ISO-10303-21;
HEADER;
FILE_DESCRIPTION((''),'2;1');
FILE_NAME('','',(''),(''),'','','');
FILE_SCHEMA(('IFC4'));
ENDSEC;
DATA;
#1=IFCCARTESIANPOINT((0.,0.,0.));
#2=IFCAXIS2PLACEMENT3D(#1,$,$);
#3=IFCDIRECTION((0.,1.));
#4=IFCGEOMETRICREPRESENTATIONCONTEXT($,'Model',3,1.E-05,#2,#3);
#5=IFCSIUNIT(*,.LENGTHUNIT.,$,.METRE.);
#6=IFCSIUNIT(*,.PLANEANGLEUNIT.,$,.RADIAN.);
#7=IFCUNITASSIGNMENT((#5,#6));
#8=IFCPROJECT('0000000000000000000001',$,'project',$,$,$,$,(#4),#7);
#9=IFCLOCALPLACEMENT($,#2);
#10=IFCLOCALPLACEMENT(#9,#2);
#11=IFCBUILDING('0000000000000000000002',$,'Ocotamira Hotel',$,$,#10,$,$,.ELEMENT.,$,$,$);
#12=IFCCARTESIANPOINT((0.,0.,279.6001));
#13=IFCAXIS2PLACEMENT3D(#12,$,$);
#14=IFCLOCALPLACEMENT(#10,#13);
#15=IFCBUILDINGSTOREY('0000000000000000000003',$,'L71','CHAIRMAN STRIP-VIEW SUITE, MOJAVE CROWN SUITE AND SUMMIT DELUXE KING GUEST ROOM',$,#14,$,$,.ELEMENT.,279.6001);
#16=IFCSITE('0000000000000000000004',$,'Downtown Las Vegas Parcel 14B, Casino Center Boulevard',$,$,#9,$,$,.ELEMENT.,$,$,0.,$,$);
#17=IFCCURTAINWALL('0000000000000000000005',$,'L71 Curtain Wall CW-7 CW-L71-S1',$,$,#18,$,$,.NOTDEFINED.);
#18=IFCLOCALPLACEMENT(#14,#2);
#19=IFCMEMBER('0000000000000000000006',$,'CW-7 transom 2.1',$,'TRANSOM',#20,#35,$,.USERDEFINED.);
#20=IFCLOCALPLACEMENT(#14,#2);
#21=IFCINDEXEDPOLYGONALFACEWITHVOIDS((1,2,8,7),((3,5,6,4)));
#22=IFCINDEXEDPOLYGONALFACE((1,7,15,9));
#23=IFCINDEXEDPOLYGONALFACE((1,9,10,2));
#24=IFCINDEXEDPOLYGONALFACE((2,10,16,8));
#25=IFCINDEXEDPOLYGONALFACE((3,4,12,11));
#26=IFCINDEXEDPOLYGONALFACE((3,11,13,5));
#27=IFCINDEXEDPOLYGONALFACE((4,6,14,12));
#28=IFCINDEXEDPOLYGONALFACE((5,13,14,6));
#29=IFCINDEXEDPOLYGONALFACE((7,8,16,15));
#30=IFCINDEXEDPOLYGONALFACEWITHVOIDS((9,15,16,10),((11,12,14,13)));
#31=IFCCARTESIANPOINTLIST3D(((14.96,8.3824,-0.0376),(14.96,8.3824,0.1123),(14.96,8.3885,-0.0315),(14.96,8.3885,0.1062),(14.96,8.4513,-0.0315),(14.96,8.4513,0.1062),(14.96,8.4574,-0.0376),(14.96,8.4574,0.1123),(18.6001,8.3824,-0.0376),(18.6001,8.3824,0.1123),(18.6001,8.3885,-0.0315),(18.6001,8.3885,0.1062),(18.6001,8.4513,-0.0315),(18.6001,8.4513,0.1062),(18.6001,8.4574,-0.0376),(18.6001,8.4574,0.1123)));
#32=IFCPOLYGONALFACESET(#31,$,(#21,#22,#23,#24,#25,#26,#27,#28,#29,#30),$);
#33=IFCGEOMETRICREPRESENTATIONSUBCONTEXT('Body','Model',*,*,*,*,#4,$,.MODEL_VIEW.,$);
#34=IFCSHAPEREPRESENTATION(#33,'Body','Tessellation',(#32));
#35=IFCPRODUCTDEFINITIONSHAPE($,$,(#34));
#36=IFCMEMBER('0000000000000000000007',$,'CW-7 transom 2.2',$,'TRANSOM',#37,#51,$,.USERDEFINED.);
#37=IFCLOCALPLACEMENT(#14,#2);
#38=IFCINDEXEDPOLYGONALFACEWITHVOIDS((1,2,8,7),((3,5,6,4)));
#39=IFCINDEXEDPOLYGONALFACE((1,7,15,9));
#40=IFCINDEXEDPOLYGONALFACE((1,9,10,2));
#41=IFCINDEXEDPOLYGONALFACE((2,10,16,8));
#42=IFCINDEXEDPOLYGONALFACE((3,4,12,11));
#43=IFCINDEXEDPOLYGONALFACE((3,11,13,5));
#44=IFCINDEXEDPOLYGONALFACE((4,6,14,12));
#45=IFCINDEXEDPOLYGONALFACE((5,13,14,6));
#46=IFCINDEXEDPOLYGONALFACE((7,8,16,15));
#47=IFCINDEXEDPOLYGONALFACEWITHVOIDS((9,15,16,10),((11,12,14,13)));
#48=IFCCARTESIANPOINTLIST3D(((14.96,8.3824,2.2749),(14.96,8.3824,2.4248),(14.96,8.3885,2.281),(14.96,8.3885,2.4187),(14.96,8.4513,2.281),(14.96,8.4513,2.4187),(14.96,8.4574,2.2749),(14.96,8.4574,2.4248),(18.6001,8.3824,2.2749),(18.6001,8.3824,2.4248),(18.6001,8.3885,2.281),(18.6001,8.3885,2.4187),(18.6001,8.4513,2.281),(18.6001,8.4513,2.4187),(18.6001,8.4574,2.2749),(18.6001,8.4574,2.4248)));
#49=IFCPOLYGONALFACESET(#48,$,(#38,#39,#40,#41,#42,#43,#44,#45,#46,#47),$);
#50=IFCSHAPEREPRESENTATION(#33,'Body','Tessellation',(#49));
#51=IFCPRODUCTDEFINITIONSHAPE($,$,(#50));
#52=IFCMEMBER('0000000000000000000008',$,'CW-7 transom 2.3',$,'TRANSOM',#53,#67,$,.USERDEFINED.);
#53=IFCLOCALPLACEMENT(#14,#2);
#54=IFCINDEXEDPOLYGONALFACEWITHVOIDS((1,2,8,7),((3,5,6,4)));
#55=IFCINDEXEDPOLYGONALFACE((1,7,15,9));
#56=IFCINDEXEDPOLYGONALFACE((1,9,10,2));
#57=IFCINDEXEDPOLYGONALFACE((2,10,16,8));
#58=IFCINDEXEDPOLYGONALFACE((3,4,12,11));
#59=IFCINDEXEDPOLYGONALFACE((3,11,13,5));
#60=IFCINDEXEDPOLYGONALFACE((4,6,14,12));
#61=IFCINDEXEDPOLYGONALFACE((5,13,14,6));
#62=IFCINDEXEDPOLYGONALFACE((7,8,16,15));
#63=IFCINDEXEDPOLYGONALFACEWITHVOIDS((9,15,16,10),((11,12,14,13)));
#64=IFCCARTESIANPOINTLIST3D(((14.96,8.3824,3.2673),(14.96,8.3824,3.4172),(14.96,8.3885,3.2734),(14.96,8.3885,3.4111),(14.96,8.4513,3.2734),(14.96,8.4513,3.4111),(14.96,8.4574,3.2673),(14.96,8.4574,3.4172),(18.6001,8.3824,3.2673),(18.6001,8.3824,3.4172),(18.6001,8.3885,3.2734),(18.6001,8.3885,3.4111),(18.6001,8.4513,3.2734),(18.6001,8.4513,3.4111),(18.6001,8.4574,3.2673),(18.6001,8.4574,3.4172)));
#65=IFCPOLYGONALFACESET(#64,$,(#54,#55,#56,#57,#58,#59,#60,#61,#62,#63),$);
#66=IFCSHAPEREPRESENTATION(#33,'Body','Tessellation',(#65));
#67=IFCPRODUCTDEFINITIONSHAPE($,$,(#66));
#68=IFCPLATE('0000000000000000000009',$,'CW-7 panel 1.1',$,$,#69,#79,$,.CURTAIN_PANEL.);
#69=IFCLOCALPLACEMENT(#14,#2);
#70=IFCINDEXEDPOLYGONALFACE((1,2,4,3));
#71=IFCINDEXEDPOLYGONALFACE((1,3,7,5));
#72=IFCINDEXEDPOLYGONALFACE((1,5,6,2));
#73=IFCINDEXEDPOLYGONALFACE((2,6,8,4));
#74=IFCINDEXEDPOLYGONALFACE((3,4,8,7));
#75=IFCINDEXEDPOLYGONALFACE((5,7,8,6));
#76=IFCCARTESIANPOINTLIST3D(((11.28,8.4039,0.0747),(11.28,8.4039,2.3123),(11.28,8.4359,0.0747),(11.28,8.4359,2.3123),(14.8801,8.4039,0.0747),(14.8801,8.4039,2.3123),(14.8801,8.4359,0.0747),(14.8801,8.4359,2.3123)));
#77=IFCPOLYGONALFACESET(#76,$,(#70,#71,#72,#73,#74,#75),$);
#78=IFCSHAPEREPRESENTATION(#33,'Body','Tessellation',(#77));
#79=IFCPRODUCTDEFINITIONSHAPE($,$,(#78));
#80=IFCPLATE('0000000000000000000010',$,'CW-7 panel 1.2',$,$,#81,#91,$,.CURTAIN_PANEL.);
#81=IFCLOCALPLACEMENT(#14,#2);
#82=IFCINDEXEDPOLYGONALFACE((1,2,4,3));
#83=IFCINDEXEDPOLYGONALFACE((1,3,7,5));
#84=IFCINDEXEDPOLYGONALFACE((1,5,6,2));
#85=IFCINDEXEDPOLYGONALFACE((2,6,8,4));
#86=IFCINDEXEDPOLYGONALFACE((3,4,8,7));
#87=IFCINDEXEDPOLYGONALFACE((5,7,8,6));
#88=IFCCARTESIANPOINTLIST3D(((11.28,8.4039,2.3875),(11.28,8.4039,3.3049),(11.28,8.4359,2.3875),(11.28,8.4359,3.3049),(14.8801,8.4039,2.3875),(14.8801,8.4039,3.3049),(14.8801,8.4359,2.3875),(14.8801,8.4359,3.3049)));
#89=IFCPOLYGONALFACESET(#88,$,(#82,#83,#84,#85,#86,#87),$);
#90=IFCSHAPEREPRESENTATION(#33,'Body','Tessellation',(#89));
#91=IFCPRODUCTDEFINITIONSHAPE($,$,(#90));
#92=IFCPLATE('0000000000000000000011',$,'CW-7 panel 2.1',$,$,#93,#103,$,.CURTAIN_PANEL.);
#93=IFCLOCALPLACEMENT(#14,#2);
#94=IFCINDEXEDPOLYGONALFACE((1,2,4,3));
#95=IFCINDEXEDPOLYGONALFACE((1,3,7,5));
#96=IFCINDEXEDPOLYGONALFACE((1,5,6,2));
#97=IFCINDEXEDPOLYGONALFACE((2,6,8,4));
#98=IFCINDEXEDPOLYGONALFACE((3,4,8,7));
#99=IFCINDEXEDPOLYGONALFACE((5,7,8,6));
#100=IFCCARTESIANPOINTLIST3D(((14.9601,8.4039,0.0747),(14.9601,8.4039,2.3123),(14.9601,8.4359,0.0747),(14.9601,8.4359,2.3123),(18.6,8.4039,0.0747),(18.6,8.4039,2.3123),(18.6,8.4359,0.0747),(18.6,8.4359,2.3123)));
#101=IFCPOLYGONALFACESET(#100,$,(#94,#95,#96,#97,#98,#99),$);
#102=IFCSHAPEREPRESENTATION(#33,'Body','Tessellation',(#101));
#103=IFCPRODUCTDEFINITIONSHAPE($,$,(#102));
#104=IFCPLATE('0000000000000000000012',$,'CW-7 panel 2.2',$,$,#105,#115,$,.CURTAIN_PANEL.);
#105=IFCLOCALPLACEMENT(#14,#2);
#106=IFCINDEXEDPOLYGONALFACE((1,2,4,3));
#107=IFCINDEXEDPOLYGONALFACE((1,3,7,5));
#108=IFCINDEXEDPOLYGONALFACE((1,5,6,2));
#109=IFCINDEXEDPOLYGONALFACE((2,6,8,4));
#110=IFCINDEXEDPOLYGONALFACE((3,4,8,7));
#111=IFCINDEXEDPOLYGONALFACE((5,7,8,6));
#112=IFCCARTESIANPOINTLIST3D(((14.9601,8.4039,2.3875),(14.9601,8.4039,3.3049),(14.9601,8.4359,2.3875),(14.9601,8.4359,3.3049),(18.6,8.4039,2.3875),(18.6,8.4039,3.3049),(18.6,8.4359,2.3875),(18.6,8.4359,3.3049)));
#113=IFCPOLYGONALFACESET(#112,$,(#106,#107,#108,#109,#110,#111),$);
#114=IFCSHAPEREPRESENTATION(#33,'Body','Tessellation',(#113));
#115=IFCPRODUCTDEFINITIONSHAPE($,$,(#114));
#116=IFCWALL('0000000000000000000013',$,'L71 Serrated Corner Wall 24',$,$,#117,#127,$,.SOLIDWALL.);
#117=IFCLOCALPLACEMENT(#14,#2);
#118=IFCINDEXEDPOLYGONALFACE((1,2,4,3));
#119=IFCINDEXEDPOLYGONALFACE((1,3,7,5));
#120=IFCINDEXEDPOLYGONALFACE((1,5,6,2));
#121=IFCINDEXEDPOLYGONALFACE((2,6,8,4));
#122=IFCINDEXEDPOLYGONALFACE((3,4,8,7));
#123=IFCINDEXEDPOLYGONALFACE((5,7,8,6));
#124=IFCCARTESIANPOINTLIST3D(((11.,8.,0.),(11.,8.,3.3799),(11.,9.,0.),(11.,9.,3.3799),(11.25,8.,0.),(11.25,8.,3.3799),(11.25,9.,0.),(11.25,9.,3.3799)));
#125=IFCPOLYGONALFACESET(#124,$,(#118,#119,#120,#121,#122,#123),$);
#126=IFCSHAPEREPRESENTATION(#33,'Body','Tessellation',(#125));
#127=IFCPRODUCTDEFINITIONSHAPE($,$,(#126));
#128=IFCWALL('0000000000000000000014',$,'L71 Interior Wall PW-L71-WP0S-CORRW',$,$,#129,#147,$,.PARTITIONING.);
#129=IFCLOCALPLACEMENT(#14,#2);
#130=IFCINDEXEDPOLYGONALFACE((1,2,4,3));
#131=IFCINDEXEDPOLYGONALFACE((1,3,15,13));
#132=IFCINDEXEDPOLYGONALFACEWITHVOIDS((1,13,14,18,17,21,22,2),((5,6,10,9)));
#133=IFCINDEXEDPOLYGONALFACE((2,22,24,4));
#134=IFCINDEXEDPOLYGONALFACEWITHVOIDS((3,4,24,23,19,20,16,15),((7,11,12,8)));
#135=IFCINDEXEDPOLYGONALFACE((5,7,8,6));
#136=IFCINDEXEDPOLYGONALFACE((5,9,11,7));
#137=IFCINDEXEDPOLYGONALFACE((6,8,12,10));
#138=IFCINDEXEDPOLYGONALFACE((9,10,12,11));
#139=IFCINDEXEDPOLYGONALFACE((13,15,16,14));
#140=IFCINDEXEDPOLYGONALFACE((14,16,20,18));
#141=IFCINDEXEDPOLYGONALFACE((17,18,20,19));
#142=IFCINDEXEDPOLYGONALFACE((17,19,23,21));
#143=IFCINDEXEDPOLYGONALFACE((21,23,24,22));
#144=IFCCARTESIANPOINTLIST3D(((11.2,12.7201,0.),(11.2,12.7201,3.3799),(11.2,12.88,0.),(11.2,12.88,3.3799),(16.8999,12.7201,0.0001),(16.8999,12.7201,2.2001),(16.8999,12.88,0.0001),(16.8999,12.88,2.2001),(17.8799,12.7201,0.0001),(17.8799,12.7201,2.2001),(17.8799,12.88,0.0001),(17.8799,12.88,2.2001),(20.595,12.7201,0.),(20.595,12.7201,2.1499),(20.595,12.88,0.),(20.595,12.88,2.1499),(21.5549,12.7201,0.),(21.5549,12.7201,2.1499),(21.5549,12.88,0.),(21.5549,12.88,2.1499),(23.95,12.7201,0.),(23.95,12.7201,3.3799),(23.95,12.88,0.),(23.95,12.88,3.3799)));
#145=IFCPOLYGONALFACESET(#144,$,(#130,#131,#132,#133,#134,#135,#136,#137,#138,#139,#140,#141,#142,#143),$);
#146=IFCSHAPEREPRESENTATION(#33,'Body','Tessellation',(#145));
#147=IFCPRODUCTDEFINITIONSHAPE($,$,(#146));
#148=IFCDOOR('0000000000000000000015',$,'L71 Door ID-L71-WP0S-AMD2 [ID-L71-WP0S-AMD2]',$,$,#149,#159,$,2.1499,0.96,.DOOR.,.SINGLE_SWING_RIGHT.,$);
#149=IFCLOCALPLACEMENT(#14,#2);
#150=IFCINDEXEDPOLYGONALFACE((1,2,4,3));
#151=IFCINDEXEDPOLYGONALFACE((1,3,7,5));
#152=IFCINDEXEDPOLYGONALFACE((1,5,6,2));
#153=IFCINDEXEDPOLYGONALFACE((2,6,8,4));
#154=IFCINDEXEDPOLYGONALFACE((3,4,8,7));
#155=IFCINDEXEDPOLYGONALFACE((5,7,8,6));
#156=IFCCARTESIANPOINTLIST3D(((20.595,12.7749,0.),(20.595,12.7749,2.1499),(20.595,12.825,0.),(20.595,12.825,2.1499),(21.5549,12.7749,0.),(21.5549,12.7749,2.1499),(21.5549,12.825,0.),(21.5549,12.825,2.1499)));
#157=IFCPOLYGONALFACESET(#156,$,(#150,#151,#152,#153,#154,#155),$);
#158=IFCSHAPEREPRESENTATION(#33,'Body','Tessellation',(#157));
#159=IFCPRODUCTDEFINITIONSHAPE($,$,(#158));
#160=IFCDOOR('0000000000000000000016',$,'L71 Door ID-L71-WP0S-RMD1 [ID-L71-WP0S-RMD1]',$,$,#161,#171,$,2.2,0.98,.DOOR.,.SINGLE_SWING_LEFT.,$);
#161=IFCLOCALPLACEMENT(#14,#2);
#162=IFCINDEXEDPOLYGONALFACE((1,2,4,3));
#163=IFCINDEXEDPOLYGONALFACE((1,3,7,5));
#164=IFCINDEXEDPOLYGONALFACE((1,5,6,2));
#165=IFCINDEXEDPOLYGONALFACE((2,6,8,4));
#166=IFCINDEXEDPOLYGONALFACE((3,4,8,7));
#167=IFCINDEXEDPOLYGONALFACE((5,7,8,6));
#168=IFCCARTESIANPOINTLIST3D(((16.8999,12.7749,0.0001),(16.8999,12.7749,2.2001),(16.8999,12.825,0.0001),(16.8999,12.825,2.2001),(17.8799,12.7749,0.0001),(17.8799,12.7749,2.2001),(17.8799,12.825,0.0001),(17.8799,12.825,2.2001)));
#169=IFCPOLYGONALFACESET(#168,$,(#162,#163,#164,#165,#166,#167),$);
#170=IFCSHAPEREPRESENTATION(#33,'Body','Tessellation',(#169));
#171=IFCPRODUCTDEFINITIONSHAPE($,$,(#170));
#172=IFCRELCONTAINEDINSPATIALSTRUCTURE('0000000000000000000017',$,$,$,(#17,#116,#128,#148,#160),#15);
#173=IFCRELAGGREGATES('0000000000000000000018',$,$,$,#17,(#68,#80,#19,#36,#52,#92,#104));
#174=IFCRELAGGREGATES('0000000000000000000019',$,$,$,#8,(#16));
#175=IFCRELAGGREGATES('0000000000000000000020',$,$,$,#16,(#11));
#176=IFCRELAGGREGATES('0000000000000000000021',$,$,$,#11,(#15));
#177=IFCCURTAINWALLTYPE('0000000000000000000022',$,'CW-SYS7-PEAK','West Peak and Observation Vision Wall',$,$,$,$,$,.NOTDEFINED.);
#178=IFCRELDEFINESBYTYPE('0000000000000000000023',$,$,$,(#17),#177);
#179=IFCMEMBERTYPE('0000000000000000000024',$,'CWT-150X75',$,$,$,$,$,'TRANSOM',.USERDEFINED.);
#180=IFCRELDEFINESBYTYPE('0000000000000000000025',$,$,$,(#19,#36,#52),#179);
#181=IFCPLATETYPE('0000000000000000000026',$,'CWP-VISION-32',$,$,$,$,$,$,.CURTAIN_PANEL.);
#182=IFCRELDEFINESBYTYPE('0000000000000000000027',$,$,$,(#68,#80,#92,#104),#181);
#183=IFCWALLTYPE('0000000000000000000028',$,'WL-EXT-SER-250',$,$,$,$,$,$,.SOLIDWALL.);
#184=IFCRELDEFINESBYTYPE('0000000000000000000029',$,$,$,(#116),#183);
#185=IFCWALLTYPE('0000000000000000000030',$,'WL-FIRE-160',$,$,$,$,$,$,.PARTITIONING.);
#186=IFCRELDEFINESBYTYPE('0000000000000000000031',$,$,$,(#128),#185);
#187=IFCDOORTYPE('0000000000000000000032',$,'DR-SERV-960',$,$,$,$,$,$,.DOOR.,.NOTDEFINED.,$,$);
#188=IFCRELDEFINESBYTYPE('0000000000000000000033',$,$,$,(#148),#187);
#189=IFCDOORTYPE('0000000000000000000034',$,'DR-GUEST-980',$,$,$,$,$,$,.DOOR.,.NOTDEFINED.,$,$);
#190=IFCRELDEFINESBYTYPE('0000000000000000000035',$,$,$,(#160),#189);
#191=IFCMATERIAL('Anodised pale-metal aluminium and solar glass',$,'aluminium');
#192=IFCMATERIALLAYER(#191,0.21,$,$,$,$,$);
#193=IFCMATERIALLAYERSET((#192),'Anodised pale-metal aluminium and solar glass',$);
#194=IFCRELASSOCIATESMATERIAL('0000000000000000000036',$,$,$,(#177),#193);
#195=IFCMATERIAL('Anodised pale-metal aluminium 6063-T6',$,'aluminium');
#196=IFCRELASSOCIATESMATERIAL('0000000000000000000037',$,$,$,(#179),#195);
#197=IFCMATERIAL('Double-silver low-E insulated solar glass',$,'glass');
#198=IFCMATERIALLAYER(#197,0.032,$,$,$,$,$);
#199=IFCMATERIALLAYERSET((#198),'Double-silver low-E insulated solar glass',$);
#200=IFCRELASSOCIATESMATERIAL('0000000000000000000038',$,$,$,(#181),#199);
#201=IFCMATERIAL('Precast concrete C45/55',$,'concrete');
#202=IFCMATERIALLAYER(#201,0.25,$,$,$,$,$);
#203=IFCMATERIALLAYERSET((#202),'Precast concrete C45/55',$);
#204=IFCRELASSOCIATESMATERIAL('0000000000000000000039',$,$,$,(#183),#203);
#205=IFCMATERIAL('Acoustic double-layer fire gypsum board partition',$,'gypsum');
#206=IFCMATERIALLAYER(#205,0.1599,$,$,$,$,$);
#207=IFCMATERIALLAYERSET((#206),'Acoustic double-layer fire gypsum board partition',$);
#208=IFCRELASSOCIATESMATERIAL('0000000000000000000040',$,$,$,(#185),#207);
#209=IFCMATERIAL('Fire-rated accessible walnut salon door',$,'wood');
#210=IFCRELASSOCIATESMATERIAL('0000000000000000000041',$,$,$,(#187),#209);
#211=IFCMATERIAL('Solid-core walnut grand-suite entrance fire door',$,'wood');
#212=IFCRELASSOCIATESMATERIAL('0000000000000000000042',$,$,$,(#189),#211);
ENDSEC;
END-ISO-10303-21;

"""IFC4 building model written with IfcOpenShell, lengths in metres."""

from ifc_helpers import new_model, si_unit, direction, frame, frame_2d, origin, origin_2d, place, context, subcontext, project, spatial, rectangle, hollow_rectangle, extrude, source, transform, mapped, material, layer, layer_set, material_profile, profile_set, type_object, element, fill, aggregate, save


model = new_model("IFC4")

# Units and contexts
model_context = context("Model", 3, precision=1e-05, world=origin(), true_north=direction((0.0, 1.0)))
body_context = subcontext(model_context, "Body", "Model", "MODEL_VIEW")
ifc_project = project(units=[si_unit("LENGTHUNIT", "METRE"), si_unit("PLANEANGLEUNIT", "RADIAN")], contexts=[model_context])

# Site, building, storey
site_placement = place(None, origin())
site = spatial("IfcSite", under=ifc_project, at=site_placement, Name="Downtown Las Vegas Parcel 14B, Casino Center Boulevard", CompositionType="ELEMENT", RefElevation=0.0)
building_placement = place(site_placement, origin())
building = spatial("IfcBuilding", under=site, at=building_placement, Name="Ocotamira Hotel", CompositionType="ELEMENT")
storey_placement = place(building_placement, frame((0.0, 0.0, 279.6001)))
storey = spatial("IfcBuildingStorey", under=building, at=storey_placement, Name="L71", Description="CHAIRMAN STRIP-VIEW SUITE, MOJAVE CROWN SUITE AND SUMMIT DELUXE KING GUEST ROOM", CompositionType="ELEMENT", Elevation=279.6001)

# Curtain wall, members, plates
ifc_material_1 = material(Name="Anodised pale-metal aluminium and solar glass", Category="aluminium")
ifc_layer_1 = layer(ifc_material_1, 0.21)
ifc_layer_set_1 = layer_set([ifc_layer_1], Name="Anodised pale-metal aluminium and solar glass")
curtain_wall_type = type_object("IfcCurtainWallType", Name="CW-SYS7-PEAK", Description="West Peak and Observation Vision Wall", PredefinedType="NOTDEFINED", material=ifc_layer_set_1)
curtain_wall_placement = place(storey_placement, origin())
curtain_wall = element("IfcCurtainWall", 1, at=curtain_wall_placement, inside=storey, type_object=curtain_wall_type, Name="L71 Curtain Wall CW-7 CW-L71-S1", PredefinedType="NOTDEFINED")
ifc_material_2 = material(Name="Anodised pale-metal aluminium 6063-T6", Category="aluminium")
ifc_material_profile_1 = material_profile(ifc_material_2, hollow_rectangle(XDim=0.075, YDim=0.1499, WallThickness=0.0061, at=origin_2d()), Name="HSS150X75X6")
ifc_profile_set_1 = profile_set([ifc_material_profile_1], Name="Anodised pale-metal aluminium 6063-T6")
member_type_1 = type_object("IfcMemberType", Name="CWT-150X75", ElementType="TRANSOM", PredefinedType="USERDEFINED", material=ifc_profile_set_1)
shared_shape_1 = source(origin(), body_context, "Body", "SweptSolid", [
    extrude(hollow_rectangle(XDim=0.075, YDim=0.1499, WallThickness=0.0061, at=origin_2d()), origin(), (0.0, 0.0, 1.0), 3.6401),
])
member_1_placement = place(storey_placement, frame((14.96, 8.4199, 0.0374), z_axis=(1.0, 0.0, 0.0), x_axis=(0.0, 1.0, 0.0)))
member_1 = element("IfcMember", 2, at=member_1_placement, type_object=member_type_1, Name="CW-7 transom 2.1", ObjectType="TRANSOM", PredefinedType="USERDEFINED", context=body_context, shape_type="MappedRepresentation", body=[
    mapped(shared_shape_1, transform((0.0, 0.0, 0.0), scale=1.0)),
])
member_2_placement = place(storey_placement, frame((14.96, 8.4199, 2.3499), z_axis=(1.0, 0.0, 0.0), x_axis=(0.0, 1.0, 0.0)))
member_2 = element("IfcMember", 3, at=member_2_placement, type_object=member_type_1, Name="CW-7 transom 2.2", ObjectType="TRANSOM", PredefinedType="USERDEFINED", context=body_context, shape_type="MappedRepresentation", body=[
    mapped(shared_shape_1, transform((0.0, 0.0, 0.0), scale=1.0)),
])
member_3_placement = place(storey_placement, frame((14.96, 8.4199, 3.3423), z_axis=(1.0, 0.0, 0.0), x_axis=(0.0, 1.0, 0.0)))
member_3 = element("IfcMember", 4, at=member_3_placement, type_object=member_type_1, Name="CW-7 transom 2.3", ObjectType="TRANSOM", PredefinedType="USERDEFINED", context=body_context, shape_type="MappedRepresentation", body=[
    mapped(shared_shape_1, transform((0.0, 0.0, 0.0), scale=1.0)),
])
ifc_material_3 = material(Name="Double-silver low-E insulated solar glass", Category="glass")
ifc_layer_2 = layer(ifc_material_3, 0.032)
ifc_layer_set_2 = layer_set([ifc_layer_2], Name="Double-silver low-E insulated solar glass")
plate_type = type_object("IfcPlateType", Name="CWP-VISION-32", PredefinedType="CURTAIN_PANEL", material=ifc_layer_set_2)
shared_shape_2 = source(origin(), body_context, "Body", "SweptSolid", [
    extrude(rectangle(XDim=3.6001, YDim=0.032, at=origin_2d()), origin(), (0.0, 0.0, 1.0), 2.2375),
])
plate_1_placement = place(storey_placement, frame((13.0801, 8.4199, 0.0747), z_axis=(0.0, 0.0, 1.0), x_axis=(1.0, 0.0, 0.0)))
plate_1 = element("IfcPlate", 5, at=plate_1_placement, type_object=plate_type, Name="CW-7 panel 1.1", PredefinedType="CURTAIN_PANEL", context=body_context, shape_type="MappedRepresentation", body=[
    mapped(shared_shape_2, transform((0.0, 0.0, 0.0), scale=1.0)),
])
shared_shape_3 = source(origin(), body_context, "Body", "SweptSolid", [
    extrude(rectangle(XDim=3.6001, YDim=0.032, at=origin_2d()), origin(), (0.0, 0.0, 1.0), 0.9175),
])
plate_2_placement = place(storey_placement, frame((13.0801, 8.4199, 2.3875), z_axis=(0.0, 0.0, 1.0), x_axis=(1.0, 0.0, 0.0)))
plate_2 = element("IfcPlate", 6, at=plate_2_placement, type_object=plate_type, Name="CW-7 panel 1.2", PredefinedType="CURTAIN_PANEL", context=body_context, shape_type="MappedRepresentation", body=[
    mapped(shared_shape_3, transform((0.0, 0.0, 0.0), scale=1.0)),
])
shared_shape_4 = source(origin(), body_context, "Body", "SweptSolid", [
    extrude(rectangle(XDim=3.6399, YDim=0.032, at=origin_2d()), origin(), (0.0, 0.0, 1.0), 2.2375),
])
plate_3_placement = place(storey_placement, frame((16.78, 8.4199, 0.0747), z_axis=(0.0, 0.0, 1.0), x_axis=(1.0, 0.0, 0.0)))
plate_3 = element("IfcPlate", 7, at=plate_3_placement, type_object=plate_type, Name="CW-7 panel 2.1", PredefinedType="CURTAIN_PANEL", context=body_context, shape_type="MappedRepresentation", body=[
    mapped(shared_shape_4, transform((0.0, 0.0, 0.0), scale=1.0)),
])
shared_shape_5 = source(origin(), body_context, "Body", "SweptSolid", [
    extrude(rectangle(XDim=3.6399, YDim=0.032, at=origin_2d()), origin(), (0.0, 0.0, 1.0), 0.9175),
])
plate_4_placement = place(storey_placement, frame((16.78, 8.4199, 2.3875), z_axis=(0.0, 0.0, 1.0), x_axis=(1.0, 0.0, 0.0)))
plate_4 = element("IfcPlate", 8, at=plate_4_placement, type_object=plate_type, Name="CW-7 panel 2.2", PredefinedType="CURTAIN_PANEL", context=body_context, shape_type="MappedRepresentation", body=[
    mapped(shared_shape_5, transform((0.0, 0.0, 0.0), scale=1.0)),
])
aggregate(curtain_wall, [plate_1, plate_2, member_1, member_2, member_3, plate_3, plate_4])

# Wall
ifc_material_4 = material(Name="Precast concrete C45/55", Category="concrete")
ifc_layer_3 = layer(ifc_material_4, 0.25)
ifc_layer_set_3 = layer_set([ifc_layer_3], Name="Precast concrete C45/55")
wall_type_1 = type_object("IfcWallType", Name="WL-EXT-SER-250", PredefinedType="SOLIDWALL", material=ifc_layer_set_3)
wall_1_placement = place(storey_placement, frame((11.125, 9.0, 0.0), z_axis=(0.0, 0.0, 1.0), x_axis=(0.0, -1.0, 0.0)))
element("IfcWall", 9, at=wall_1_placement, inside=storey, type_object=wall_type_1, Name="L71 Serrated Corner Wall 24", PredefinedType="SOLIDWALL", context=body_context, shape_type="SweptSolid", body=[
    extrude(rectangle(XDim=1.0, YDim=0.25, at=frame_2d((0.5, 0.0))), origin(), (0.0, 0.0, 1.0), 3.3799),
])

# Wall, openings, doors
ifc_material_5 = material(Name="Acoustic double-layer fire gypsum board partition", Category="gypsum")
ifc_layer_4 = layer(ifc_material_5, 0.1599)
ifc_layer_set_4 = layer_set([ifc_layer_4], Name="Acoustic double-layer fire gypsum board partition")
wall_type_2 = type_object("IfcWallType", Name="WL-FIRE-160", PredefinedType="PARTITIONING", material=ifc_layer_set_4)
wall_2_placement = place(storey_placement, frame((11.2, 12.8, 0.0), z_axis=(0.0, 0.0, 1.0), x_axis=(1.0, 0.0, 0.0)))
wall_2 = element("IfcWall", 10, at=wall_2_placement, inside=storey, type_object=wall_type_2, Name="L71 Interior Wall PW-L71-WP0S-CORRW", PredefinedType="PARTITIONING", context=body_context, shape_type="SweptSolid", body=[
    extrude(rectangle(XDim=12.75, YDim=0.1599, at=frame_2d((6.375, 0.0))), origin(), (0.0, 0.0, 1.0), 3.3799),
])
opening_1_placement = place(wall_2_placement, frame((5.7, 0.0, 0.0)))
opening_1 = element("IfcOpeningElement", 11, at=opening_1_placement, cuts=wall_2, PredefinedType="OPENING", context=body_context, shape_type="SweptSolid", body=[
    extrude(rectangle(XDim=0.98, YDim=2.2, at=frame_2d((0.49, 1.1001))), frame((0.0, 0.0898, 0.0), z_axis=(0.0, -1.0, 0.0), x_axis=(1.0, 0.0, 0.0)), (0.0, 0.0, 1.0), 0.1799),
])
opening_2_placement = place(wall_2_placement, frame((9.395, 0.0, 0.0)))
opening_2 = element("IfcOpeningElement", 12, at=opening_2_placement, cuts=wall_2, PredefinedType="OPENING", context=body_context, shape_type="SweptSolid", body=[
    extrude(rectangle(XDim=0.96, YDim=2.1499, at=frame_2d((0.48, 1.075))), frame((0.0, 0.0898, 0.0), z_axis=(0.0, -1.0, 0.0), x_axis=(1.0, 0.0, 0.0)), (0.0, 0.0, 1.0), 0.1799),
])
ifc_material_6 = material(Name="Fire-rated accessible walnut salon door", Category="wood")
door_type_1 = type_object("IfcDoorType", Name="DR-SERV-960", OperationType="NOTDEFINED", PredefinedType="DOOR", material=ifc_material_6)
shared_shape_6 = source(origin(), body_context, "Body", "SweptSolid", [
    extrude(rectangle(XDim=0.96, YDim=2.1499, at=frame_2d((0.48, 1.075))), frame((0.0, 0.0249, 0.0), z_axis=(0.0, -1.0, 0.0), x_axis=(1.0, 0.0, 0.0)), (0.0, 0.0, 1.0), 0.05),
])
door_1_placement = place(opening_2_placement, origin())
door_1 = element("IfcDoor", 13, at=door_1_placement, inside=storey, type_object=door_type_1, Name="L71 Door ID-L71-WP0S-AMD2 [ID-L71-WP0S-AMD2]", OperationType="SINGLE_SWING_RIGHT", OverallHeight=2.1499, OverallWidth=0.96, PredefinedType="DOOR", context=body_context, shape_type="MappedRepresentation", body=[
    mapped(shared_shape_6, transform((0.0, 0.0, 0.0), scale=1.0)),
])
fill(opening_2, door_1)
ifc_material_7 = material(Name="Solid-core walnut grand-suite entrance fire door", Category="wood")
door_type_2 = type_object("IfcDoorType", Name="DR-GUEST-980", OperationType="NOTDEFINED", PredefinedType="DOOR", material=ifc_material_7)
shared_shape_7 = source(origin(), body_context, "Body", "SweptSolid", [
    extrude(rectangle(XDim=0.98, YDim=2.2, at=frame_2d((0.49, 1.1001))), frame((0.0, 0.0249, 0.0), z_axis=(0.0, -1.0, 0.0), x_axis=(1.0, 0.0, 0.0)), (0.0, 0.0, 1.0), 0.05),
])
door_2_placement = place(opening_1_placement, origin())
door_2 = element("IfcDoor", 14, at=door_2_placement, inside=storey, type_object=door_type_2, Name="L71 Door ID-L71-WP0S-RMD1 [ID-L71-WP0S-RMD1]", OperationType="SINGLE_SWING_LEFT", OverallHeight=2.2, OverallWidth=0.98, PredefinedType="DOOR", context=body_context, shape_type="MappedRepresentation", body=[
    mapped(shared_shape_7, transform((0.0, 0.0, 0.0), scale=1.0)),
])
fill(opening_1, door_2)

save(model, "model.ifc")
